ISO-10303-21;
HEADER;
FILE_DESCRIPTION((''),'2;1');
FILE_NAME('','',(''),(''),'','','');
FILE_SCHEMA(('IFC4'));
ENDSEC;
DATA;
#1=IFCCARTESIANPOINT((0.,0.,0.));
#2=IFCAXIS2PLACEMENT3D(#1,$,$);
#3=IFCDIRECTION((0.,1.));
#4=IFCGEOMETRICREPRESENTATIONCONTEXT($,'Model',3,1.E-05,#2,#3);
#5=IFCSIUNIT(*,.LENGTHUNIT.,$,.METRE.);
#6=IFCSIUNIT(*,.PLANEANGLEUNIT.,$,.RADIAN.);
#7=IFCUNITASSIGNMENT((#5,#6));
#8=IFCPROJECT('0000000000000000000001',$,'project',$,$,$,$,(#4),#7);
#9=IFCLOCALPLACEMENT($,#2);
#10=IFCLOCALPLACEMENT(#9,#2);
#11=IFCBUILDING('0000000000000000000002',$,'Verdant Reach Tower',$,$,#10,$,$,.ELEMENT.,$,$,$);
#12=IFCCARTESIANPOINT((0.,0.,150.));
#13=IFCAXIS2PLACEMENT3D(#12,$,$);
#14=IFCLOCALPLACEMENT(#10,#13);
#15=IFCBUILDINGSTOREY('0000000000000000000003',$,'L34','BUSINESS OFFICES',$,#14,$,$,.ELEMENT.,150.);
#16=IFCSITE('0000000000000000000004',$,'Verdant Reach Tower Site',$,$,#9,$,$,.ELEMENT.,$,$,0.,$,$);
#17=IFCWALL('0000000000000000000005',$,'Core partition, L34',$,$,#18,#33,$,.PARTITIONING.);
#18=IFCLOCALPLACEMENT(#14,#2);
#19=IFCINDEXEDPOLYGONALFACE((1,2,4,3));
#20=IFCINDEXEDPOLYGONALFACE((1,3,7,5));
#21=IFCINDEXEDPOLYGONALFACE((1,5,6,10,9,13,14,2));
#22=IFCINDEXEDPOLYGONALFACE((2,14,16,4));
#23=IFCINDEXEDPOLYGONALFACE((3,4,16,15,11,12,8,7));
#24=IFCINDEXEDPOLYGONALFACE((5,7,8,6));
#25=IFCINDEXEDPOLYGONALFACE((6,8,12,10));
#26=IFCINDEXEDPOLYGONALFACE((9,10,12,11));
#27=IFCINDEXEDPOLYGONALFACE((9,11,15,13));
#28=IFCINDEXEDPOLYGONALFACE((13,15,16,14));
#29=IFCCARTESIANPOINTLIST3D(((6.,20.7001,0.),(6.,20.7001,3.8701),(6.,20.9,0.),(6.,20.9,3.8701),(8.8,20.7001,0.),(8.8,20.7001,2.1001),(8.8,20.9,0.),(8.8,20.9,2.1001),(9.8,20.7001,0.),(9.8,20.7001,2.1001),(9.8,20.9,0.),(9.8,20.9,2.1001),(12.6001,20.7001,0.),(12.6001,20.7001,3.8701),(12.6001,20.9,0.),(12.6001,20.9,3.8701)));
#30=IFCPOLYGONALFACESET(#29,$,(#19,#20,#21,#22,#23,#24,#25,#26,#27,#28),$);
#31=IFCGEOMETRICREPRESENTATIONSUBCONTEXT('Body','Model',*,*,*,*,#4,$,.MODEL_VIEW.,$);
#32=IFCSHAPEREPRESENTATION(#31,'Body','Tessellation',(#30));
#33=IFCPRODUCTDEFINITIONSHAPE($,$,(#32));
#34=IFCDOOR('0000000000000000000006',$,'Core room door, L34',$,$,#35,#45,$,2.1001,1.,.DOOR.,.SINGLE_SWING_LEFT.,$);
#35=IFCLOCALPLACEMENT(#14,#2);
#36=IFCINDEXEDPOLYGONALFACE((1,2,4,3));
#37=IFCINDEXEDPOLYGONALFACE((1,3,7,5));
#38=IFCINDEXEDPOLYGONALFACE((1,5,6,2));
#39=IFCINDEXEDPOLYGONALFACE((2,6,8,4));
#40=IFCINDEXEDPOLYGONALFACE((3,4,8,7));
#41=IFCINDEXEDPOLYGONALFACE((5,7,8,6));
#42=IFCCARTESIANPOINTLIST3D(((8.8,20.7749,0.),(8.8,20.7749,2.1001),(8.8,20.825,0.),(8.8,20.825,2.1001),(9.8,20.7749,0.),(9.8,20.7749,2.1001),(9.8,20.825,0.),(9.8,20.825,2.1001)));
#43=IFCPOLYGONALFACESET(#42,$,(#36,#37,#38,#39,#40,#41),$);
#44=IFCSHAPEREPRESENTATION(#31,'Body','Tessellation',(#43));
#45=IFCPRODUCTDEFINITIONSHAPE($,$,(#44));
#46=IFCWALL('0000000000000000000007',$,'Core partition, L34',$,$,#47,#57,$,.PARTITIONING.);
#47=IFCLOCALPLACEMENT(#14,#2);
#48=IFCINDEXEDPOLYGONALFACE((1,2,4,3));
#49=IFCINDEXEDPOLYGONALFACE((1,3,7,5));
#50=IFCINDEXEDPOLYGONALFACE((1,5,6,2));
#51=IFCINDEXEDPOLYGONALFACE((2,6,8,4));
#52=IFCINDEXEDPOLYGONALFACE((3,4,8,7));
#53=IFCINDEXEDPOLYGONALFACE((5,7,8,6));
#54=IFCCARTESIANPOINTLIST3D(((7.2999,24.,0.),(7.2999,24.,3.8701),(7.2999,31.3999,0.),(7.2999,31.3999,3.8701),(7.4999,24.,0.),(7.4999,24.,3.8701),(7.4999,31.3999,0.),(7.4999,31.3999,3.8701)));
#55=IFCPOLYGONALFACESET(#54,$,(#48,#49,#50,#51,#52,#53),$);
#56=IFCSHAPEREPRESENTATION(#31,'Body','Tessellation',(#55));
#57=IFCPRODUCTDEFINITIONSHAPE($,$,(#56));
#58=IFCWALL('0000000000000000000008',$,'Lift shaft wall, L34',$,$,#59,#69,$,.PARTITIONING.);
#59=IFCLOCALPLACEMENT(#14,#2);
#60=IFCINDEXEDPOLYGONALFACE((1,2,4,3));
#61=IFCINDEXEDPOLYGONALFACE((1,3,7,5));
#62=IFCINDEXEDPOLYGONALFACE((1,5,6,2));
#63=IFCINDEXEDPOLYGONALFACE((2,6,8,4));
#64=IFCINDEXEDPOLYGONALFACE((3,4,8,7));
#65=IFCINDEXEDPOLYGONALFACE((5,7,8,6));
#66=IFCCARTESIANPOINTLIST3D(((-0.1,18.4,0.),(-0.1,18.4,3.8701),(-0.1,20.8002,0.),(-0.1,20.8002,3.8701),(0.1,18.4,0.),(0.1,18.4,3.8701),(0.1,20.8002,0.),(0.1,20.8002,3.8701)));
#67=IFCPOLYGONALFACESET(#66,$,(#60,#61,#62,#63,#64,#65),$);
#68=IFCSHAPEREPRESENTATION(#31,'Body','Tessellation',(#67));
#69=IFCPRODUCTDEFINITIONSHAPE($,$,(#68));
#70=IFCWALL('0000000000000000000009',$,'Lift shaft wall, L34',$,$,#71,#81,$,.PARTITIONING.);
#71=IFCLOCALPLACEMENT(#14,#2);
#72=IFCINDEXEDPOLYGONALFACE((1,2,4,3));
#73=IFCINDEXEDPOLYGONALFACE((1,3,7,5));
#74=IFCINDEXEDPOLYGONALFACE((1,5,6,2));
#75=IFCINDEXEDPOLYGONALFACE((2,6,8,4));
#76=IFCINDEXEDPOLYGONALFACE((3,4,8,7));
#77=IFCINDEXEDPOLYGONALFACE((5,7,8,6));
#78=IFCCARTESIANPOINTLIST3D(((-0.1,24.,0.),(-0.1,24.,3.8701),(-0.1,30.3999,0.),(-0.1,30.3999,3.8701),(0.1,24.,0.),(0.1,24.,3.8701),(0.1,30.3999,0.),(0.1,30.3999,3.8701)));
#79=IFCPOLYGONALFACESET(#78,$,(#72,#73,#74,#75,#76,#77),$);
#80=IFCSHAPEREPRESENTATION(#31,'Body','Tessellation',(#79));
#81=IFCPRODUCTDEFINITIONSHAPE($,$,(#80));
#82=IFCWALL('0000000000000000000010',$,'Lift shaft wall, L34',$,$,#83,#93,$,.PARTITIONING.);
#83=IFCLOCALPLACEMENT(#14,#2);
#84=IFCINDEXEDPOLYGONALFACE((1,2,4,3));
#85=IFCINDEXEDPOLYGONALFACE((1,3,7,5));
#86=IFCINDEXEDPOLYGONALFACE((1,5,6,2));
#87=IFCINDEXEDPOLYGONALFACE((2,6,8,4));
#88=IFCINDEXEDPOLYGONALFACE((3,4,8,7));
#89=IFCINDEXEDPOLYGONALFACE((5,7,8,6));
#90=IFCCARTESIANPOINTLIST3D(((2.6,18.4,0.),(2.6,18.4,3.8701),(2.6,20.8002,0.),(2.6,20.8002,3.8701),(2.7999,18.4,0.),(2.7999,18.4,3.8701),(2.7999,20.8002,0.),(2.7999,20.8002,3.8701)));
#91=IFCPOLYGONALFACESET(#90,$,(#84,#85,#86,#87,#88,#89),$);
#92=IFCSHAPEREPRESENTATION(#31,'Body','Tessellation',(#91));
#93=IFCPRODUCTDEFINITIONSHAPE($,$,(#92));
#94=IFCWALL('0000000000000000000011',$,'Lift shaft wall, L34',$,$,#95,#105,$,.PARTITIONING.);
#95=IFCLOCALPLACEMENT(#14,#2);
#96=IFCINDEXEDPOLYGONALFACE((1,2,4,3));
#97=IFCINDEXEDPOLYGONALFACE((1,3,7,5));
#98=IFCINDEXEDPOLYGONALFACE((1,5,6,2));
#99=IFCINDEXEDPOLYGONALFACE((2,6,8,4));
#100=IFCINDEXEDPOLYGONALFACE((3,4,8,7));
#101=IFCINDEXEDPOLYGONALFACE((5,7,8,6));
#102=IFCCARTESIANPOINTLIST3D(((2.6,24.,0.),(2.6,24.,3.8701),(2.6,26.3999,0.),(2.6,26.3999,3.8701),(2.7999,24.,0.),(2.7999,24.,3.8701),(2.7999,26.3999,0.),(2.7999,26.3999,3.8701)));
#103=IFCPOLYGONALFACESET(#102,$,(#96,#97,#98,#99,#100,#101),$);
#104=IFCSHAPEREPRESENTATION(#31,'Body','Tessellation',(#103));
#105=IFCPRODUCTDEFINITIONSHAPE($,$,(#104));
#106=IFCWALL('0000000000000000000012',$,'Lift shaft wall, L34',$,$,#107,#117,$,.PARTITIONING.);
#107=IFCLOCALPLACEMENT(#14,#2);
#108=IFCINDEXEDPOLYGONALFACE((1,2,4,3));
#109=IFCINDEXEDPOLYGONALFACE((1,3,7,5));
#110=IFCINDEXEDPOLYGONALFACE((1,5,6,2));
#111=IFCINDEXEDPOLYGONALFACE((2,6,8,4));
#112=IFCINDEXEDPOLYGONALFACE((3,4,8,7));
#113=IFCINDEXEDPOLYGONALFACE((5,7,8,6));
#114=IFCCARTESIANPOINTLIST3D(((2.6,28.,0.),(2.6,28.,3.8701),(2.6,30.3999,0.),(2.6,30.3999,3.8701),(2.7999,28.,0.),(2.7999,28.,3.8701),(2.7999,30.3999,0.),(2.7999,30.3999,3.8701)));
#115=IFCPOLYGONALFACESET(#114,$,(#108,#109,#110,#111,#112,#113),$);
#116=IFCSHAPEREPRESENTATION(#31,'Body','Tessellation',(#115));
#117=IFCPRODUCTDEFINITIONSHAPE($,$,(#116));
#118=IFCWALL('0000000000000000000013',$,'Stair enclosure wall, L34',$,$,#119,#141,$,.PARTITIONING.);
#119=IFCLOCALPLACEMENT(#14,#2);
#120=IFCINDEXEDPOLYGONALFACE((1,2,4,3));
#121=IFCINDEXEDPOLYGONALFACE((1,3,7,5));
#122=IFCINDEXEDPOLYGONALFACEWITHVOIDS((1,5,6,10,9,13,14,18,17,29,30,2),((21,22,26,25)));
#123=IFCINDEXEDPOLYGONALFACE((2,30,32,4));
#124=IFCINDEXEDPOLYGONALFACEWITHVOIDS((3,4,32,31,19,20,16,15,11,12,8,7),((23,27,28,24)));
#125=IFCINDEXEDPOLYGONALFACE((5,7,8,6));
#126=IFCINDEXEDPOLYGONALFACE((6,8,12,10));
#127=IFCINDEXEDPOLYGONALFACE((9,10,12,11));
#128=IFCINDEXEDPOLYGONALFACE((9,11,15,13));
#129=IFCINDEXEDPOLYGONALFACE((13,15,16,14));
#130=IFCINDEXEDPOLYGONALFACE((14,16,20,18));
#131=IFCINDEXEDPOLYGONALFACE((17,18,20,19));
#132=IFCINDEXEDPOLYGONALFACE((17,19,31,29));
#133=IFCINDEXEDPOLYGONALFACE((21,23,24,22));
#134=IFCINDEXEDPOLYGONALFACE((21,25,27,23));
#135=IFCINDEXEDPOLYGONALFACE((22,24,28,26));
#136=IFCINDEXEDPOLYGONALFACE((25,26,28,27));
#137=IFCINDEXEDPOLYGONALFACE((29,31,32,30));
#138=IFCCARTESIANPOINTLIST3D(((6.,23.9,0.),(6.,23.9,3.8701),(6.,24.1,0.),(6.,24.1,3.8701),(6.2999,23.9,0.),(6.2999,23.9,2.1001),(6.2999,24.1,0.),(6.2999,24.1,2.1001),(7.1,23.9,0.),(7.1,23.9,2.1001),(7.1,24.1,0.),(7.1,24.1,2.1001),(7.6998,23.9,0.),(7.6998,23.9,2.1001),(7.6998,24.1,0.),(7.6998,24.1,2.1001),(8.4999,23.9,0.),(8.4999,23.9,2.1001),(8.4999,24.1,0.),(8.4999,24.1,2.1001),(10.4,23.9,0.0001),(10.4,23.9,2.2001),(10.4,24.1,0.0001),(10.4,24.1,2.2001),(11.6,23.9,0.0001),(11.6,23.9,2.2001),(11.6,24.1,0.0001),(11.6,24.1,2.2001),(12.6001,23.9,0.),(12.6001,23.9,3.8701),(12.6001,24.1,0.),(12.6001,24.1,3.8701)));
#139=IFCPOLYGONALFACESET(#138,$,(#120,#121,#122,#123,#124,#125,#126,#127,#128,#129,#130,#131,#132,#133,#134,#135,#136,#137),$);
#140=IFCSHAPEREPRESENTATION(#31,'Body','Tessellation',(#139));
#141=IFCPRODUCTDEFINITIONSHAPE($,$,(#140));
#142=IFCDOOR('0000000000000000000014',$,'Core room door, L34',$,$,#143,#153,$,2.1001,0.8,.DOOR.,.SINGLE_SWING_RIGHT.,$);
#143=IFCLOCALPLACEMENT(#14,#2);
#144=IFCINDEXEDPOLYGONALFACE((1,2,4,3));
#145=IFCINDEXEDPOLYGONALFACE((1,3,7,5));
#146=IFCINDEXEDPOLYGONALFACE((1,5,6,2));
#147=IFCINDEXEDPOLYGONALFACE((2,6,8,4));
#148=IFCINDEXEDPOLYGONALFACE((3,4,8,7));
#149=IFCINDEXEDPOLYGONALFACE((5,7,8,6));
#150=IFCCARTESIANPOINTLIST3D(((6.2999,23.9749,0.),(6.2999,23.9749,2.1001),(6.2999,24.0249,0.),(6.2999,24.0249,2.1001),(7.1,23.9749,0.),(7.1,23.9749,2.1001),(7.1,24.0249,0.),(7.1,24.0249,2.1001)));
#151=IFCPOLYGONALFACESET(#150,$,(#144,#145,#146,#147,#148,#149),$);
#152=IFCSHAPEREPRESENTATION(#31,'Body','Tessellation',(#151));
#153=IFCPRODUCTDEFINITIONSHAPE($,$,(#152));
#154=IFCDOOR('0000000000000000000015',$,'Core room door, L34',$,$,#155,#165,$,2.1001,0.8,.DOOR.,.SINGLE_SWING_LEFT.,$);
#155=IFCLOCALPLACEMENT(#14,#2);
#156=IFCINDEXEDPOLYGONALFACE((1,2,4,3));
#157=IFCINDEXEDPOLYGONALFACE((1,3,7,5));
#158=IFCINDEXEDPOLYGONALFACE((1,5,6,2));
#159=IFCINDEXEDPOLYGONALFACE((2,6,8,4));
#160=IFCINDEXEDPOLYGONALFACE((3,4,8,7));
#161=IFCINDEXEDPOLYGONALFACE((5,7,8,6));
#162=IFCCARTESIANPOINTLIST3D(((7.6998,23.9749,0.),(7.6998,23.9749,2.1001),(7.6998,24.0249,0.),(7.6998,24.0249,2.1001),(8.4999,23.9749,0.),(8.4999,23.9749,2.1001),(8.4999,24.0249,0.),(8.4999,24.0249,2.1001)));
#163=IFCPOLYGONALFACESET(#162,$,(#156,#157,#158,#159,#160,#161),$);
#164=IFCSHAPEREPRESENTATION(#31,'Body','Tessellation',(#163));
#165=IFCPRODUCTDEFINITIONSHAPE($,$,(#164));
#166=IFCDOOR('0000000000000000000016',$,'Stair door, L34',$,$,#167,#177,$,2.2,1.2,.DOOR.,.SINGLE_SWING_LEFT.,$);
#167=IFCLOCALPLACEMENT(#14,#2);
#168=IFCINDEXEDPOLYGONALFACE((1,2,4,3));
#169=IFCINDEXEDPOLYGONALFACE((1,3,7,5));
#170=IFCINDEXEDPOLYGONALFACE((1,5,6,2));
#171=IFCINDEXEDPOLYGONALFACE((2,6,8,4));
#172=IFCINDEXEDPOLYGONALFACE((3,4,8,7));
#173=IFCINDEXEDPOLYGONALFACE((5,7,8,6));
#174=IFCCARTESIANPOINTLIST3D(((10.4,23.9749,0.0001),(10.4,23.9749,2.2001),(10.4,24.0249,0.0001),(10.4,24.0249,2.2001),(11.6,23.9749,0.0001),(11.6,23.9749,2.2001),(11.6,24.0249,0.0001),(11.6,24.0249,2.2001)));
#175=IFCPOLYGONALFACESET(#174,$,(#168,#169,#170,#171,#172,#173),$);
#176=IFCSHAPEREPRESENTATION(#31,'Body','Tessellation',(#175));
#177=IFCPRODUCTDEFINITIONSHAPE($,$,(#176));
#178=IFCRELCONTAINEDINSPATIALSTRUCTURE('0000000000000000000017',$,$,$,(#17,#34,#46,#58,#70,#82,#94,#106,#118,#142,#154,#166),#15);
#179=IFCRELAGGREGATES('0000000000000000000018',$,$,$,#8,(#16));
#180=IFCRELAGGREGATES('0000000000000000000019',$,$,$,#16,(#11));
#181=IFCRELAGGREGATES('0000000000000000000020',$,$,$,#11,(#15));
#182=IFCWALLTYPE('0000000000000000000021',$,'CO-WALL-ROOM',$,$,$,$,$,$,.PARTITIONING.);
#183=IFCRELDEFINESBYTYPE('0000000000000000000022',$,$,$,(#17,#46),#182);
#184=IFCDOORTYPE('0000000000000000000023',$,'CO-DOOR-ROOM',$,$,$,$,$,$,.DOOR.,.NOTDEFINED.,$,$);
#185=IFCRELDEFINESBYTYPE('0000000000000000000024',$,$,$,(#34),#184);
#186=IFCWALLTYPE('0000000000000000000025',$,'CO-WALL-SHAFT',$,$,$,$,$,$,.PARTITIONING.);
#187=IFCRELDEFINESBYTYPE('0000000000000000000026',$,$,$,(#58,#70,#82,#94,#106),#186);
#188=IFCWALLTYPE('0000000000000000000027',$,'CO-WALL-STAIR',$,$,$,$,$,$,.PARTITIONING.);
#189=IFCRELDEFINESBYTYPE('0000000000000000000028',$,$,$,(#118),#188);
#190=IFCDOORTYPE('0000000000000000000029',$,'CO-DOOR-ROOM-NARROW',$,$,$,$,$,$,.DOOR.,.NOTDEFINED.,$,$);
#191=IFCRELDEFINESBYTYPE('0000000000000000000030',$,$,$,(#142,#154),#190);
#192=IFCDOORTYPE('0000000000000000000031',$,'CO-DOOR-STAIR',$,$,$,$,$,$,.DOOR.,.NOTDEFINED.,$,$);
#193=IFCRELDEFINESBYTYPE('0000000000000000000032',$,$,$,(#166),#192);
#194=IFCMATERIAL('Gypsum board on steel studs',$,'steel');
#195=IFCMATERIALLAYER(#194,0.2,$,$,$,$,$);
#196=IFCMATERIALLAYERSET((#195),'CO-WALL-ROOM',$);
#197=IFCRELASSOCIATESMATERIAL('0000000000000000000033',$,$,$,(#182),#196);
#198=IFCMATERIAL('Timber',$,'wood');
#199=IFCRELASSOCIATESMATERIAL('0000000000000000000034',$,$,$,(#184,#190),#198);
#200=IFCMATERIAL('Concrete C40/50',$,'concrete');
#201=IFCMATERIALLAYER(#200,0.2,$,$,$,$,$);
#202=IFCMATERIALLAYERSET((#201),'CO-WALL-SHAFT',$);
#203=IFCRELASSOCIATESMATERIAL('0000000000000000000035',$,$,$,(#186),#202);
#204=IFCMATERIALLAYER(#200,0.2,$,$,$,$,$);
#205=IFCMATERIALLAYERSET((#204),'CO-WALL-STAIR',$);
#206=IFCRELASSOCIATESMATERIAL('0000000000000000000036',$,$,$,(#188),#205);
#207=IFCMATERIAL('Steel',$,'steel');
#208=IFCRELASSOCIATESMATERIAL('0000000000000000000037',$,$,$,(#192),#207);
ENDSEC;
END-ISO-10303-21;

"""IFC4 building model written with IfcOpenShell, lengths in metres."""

from ifc_helpers import new_model, si_unit, direction, frame, frame_2d, origin, place, context, subcontext, project, spatial, rectangle, extrude, material, layer, layer_set, type_object, element, fill, save


model = new_model("IFC4")

# Units and contexts
model_context = context("Model", 3, precision=1e-05, world=origin(), true_north=direction((0.0, 1.0)))
body_context = subcontext(model_context, "Body", "Model", "MODEL_VIEW")
ifc_project = project(units=[si_unit("LENGTHUNIT", "METRE"), si_unit("PLANEANGLEUNIT", "RADIAN")], contexts=[model_context])

# Site, building, storey
site_placement = place(None, origin())
site = spatial("IfcSite", under=ifc_project, at=site_placement, Name="Verdant Reach Tower Site", CompositionType="ELEMENT", RefElevation=0.0)
building_placement = place(site_placement, origin())
building = spatial("IfcBuilding", under=site, at=building_placement, Name="Verdant Reach Tower", CompositionType="ELEMENT")
storey_placement = place(building_placement, frame((0.0, 0.0, 150.0)))
storey = spatial("IfcBuildingStorey", under=building, at=storey_placement, Name="L34", Description="BUSINESS OFFICES", CompositionType="ELEMENT", Elevation=150.0)

# Wall, opening, door
ifc_material_1 = material(Name="Gypsum board on steel studs", Category="steel")
ifc_layer_1 = layer(ifc_material_1, 0.2)
ifc_layer_set_1 = layer_set([ifc_layer_1], Name="CO-WALL-ROOM")
wall_type_1 = type_object("IfcWallType", Name="CO-WALL-ROOM", PredefinedType="PARTITIONING", material=ifc_layer_set_1)
wall_1_placement = place(storey_placement, frame((6.0, 20.8, 0.0), z_axis=(0.0, 0.0, 1.0), x_axis=(1.0, 0.0, 0.0)))
wall_1 = element("IfcWall", 1, at=wall_1_placement, inside=storey, type_object=wall_type_1, Name="Core partition, L34", PredefinedType="PARTITIONING", context=body_context, shape_type="SweptSolid", body=[
    extrude(rectangle(XDim=6.6001, YDim=0.2, at=frame_2d((3.3, 0.0))), origin(), (0.0, 0.0, 1.0), 3.8701),
])
opening_1_placement = place(wall_1_placement, frame((2.8, 0.0, 0.0)))
opening_1 = element("IfcOpeningElement", 2, at=opening_1_placement, cuts=wall_1, PredefinedType="OPENING", context=body_context, shape_type="SweptSolid", body=[
    extrude(rectangle(XDim=1.0, YDim=2.1001, at=frame_2d((0.5, 1.05))), frame((0.0, 0.1099, 0.0), z_axis=(0.0, -1.0, 0.0), x_axis=(1.0, 0.0, 0.0)), (0.0, 0.0, 1.0), 0.22),
])
ifc_material_2 = material(Name="Timber", Category="wood")
door_type_1 = type_object("IfcDoorType", Name="CO-DOOR-ROOM", OperationType="NOTDEFINED", PredefinedType="DOOR", material=ifc_material_2)
door_1_placement = place(opening_1_placement, origin())
door_1 = element("IfcDoor", 3, at=door_1_placement, inside=storey, type_object=door_type_1, Name="Core room door, L34", OperationType="SINGLE_SWING_LEFT", OverallHeight=2.1001, OverallWidth=1.0, PredefinedType="DOOR", context=body_context, shape_type="SweptSolid", body=[
    extrude(rectangle(XDim=1.0, YDim=2.1001, at=frame_2d((0.5, 1.05))), frame((0.0, 0.0249, 0.0), z_axis=(0.0, -1.0, 0.0), x_axis=(1.0, 0.0, 0.0)), (0.0, 0.0, 1.0), 0.05),
])
fill(opening_1, door_1)

# Walls
wall_2_placement = place(storey_placement, frame((7.3999, 24.0, 0.0), z_axis=(0.0, 0.0, 1.0), x_axis=(0.0, 1.0, 0.0)))
element("IfcWall", 4, at=wall_2_placement, inside=storey, type_object=wall_type_1, Name="Core partition, L34", PredefinedType="PARTITIONING", context=body_context, shape_type="SweptSolid", body=[
    extrude(rectangle(XDim=7.3999, YDim=0.2, at=frame_2d((3.7, 0.0))), origin(), (0.0, 0.0, 1.0), 3.8701),
])
ifc_material_3 = material(Name="Concrete C40/50", Category="concrete")
ifc_layer_2 = layer(ifc_material_3, 0.2)
ifc_layer_set_2 = layer_set([ifc_layer_2], Name="CO-WALL-SHAFT")
wall_type_2 = type_object("IfcWallType", Name="CO-WALL-SHAFT", PredefinedType="PARTITIONING", material=ifc_layer_set_2)
wall_3_placement = place(storey_placement, frame((0.0, 18.3999, 0.0), z_axis=(0.0, 0.0, 1.0), x_axis=(0.0, 1.0, 0.0)))
element("IfcWall", 5, at=wall_3_placement, inside=storey, type_object=wall_type_2, Name="Lift shaft wall, L34", PredefinedType="PARTITIONING", context=body_context, shape_type="SweptSolid", body=[
    extrude(rectangle(XDim=2.4001, YDim=0.2, at=frame_2d((1.2002, 0.0))), origin(), (0.0, 0.0, 1.0), 3.8701),
])
wall_4_placement = place(storey_placement, frame((0.0, 24.0, 0.0), z_axis=(0.0, 0.0, 1.0), x_axis=(0.0, 1.0, 0.0)))
element("IfcWall", 6, at=wall_4_placement, inside=storey, type_object=wall_type_2, Name="Lift shaft wall, L34", PredefinedType="PARTITIONING", context=body_context, shape_type="SweptSolid", body=[
    extrude(rectangle(XDim=6.3999, YDim=0.2, at=frame_2d((3.2, 0.0))), origin(), (0.0, 0.0, 1.0), 3.8701),
])
wall_5_placement = place(storey_placement, frame((2.7, 18.3999, 0.0), z_axis=(0.0, 0.0, 1.0), x_axis=(0.0, 1.0, 0.0)))
element("IfcWall", 7, at=wall_5_placement, inside=storey, type_object=wall_type_2, Name="Lift shaft wall, L34", PredefinedType="PARTITIONING", context=body_context, shape_type="SweptSolid", body=[
    extrude(rectangle(XDim=2.4001, YDim=0.2, at=frame_2d((1.2002, 0.0))), origin(), (0.0, 0.0, 1.0), 3.8701),
])
for number, where, z_axis, x_axis, name in (
    (8, (2.7, 24.0, 0.0), (0.0, 0.0, 1.0), (0.0, 1.0, 0.0), "Lift shaft wall, L34"),
    (9, (2.7, 28.0, 0.0), (0.0, 0.0, 1.0), (0.0, 1.0, 0.0), "Lift shaft wall, L34"),
):
    element("IfcWall", number, at=place(storey_placement, frame(where, z_axis=z_axis, x_axis=x_axis)), inside=storey, type_object=wall_type_2, Name=name, PredefinedType="PARTITIONING", context=body_context, shape_type="SweptSolid", body=[
        extrude(rectangle(XDim=2.3999, YDim=0.2, at=frame_2d((1.2, 0.0))), origin(), (0.0, 0.0, 1.0), 3.8701),
    ])

# Wall, openings, doors
ifc_layer_3 = layer(ifc_material_3, 0.2)
ifc_layer_set_3 = layer_set([ifc_layer_3], Name="CO-WALL-STAIR")
wall_type_3 = type_object("IfcWallType", Name="CO-WALL-STAIR", PredefinedType="PARTITIONING", material=ifc_layer_set_3)
wall_6_placement = place(storey_placement, frame((6.0, 24.0, 0.0), z_axis=(0.0, 0.0, 1.0), x_axis=(1.0, 0.0, 0.0)))
wall_6 = element("IfcWall", 10, at=wall_6_placement, inside=storey, type_object=wall_type_3, Name="Stair enclosure wall, L34", PredefinedType="PARTITIONING", context=body_context, shape_type="SweptSolid", body=[
    extrude(rectangle(XDim=6.6001, YDim=0.2, at=frame_2d((3.3, 0.0))), origin(), (0.0, 0.0, 1.0), 3.8701),
])
opening_2_placement = place(wall_6_placement, frame((0.3, 0.0, 0.0)))
opening_2 = element("IfcOpeningElement", 11, at=opening_2_placement, cuts=wall_6, PredefinedType="OPENING", context=body_context, shape_type="SweptSolid", body=[
    extrude(rectangle(XDim=0.8, YDim=2.1001, at=frame_2d((0.3999, 1.05))), frame((0.0, 0.1099, 0.0), z_axis=(0.0, -1.0, 0.0), x_axis=(1.0, 0.0, 0.0)), (0.0, 0.0, 1.0), 0.22),
])
opening_3_placement = place(wall_6_placement, frame((1.7, 0.0, 0.0)))
opening_3 = element("IfcOpeningElement", 12, at=opening_3_placement, cuts=wall_6, PredefinedType="OPENING", context=body_context, shape_type="SweptSolid", body=[
    extrude(rectangle(XDim=0.8, YDim=2.1001, at=frame_2d((0.3999, 1.05))), frame((0.0, 0.1099, 0.0), z_axis=(0.0, -1.0, 0.0), x_axis=(1.0, 0.0, 0.0)), (0.0, 0.0, 1.0), 0.22),
])
opening_4_placement = place(wall_6_placement, frame((4.3999, 0.0, 0.0)))
opening_4 = element("IfcOpeningElement", 13, at=opening_4_placement, cuts=wall_6, PredefinedType="OPENING", context=body_context, shape_type="SweptSolid", body=[
    extrude(rectangle(XDim=1.2, YDim=2.2, at=frame_2d((0.6001, 1.1001))), frame((0.0, 0.1099, 0.0), z_axis=(0.0, -1.0, 0.0), x_axis=(1.0, 0.0, 0.0)), (0.0, 0.0, 1.0), 0.22),
])
door_type_2 = type_object("IfcDoorType", Name="CO-DOOR-ROOM-NARROW", OperationType="NOTDEFINED", PredefinedType="DOOR", material=ifc_material_2)
door_2_placement = place(opening_2_placement, origin())
door_2 = element("IfcDoor", 14, at=door_2_placement, inside=storey, type_object=door_type_2, Name="Core room door, L34", OperationType="SINGLE_SWING_RIGHT", OverallHeight=2.1001, OverallWidth=0.8, PredefinedType="DOOR", context=body_context, shape_type="SweptSolid", body=[
    extrude(rectangle(XDim=0.8, YDim=2.1001, at=frame_2d((0.3999, 1.05))), frame((0.0, 0.0249, 0.0), z_axis=(0.0, -1.0, 0.0), x_axis=(1.0, 0.0, 0.0)), (0.0, 0.0, 1.0), 0.05),
])
fill(opening_2, door_2)
door_3_placement = place(opening_3_placement, origin())
door_3 = element("IfcDoor", 15, at=door_3_placement, inside=storey, type_object=door_type_2, Name="Core room door, L34", OperationType="SINGLE_SWING_LEFT", OverallHeight=2.1001, OverallWidth=0.8, PredefinedType="DOOR", context=body_context, shape_type="SweptSolid", body=[
    extrude(rectangle(XDim=0.8, YDim=2.1001, at=frame_2d((0.3999, 1.05))), frame((0.0, 0.0249, 0.0), z_axis=(0.0, -1.0, 0.0), x_axis=(1.0, 0.0, 0.0)), (0.0, 0.0, 1.0), 0.05),
])
fill(opening_3, door_3)
ifc_material_4 = material(Name="Steel", Category="steel")
door_type_3 = type_object("IfcDoorType", Name="CO-DOOR-STAIR", OperationType="NOTDEFINED", PredefinedType="DOOR", material=ifc_material_4)
door_4_placement = place(opening_4_placement, origin())
door_4 = element("IfcDoor", 16, at=door_4_placement, inside=storey, type_object=door_type_3, Name="Stair door, L34", OperationType="SINGLE_SWING_LEFT", OverallHeight=2.2, OverallWidth=1.2, PredefinedType="DOOR", context=body_context, shape_type="SweptSolid", body=[
    extrude(rectangle(XDim=1.2, YDim=2.2, at=frame_2d((0.6001, 1.1001))), frame((0.0, 0.0249, 0.0), z_axis=(0.0, -1.0, 0.0), x_axis=(1.0, 0.0, 0.0)), (0.0, 0.0, 1.0), 0.05),
])
fill(opening_4, door_4)

save(model, "model.ifc")
